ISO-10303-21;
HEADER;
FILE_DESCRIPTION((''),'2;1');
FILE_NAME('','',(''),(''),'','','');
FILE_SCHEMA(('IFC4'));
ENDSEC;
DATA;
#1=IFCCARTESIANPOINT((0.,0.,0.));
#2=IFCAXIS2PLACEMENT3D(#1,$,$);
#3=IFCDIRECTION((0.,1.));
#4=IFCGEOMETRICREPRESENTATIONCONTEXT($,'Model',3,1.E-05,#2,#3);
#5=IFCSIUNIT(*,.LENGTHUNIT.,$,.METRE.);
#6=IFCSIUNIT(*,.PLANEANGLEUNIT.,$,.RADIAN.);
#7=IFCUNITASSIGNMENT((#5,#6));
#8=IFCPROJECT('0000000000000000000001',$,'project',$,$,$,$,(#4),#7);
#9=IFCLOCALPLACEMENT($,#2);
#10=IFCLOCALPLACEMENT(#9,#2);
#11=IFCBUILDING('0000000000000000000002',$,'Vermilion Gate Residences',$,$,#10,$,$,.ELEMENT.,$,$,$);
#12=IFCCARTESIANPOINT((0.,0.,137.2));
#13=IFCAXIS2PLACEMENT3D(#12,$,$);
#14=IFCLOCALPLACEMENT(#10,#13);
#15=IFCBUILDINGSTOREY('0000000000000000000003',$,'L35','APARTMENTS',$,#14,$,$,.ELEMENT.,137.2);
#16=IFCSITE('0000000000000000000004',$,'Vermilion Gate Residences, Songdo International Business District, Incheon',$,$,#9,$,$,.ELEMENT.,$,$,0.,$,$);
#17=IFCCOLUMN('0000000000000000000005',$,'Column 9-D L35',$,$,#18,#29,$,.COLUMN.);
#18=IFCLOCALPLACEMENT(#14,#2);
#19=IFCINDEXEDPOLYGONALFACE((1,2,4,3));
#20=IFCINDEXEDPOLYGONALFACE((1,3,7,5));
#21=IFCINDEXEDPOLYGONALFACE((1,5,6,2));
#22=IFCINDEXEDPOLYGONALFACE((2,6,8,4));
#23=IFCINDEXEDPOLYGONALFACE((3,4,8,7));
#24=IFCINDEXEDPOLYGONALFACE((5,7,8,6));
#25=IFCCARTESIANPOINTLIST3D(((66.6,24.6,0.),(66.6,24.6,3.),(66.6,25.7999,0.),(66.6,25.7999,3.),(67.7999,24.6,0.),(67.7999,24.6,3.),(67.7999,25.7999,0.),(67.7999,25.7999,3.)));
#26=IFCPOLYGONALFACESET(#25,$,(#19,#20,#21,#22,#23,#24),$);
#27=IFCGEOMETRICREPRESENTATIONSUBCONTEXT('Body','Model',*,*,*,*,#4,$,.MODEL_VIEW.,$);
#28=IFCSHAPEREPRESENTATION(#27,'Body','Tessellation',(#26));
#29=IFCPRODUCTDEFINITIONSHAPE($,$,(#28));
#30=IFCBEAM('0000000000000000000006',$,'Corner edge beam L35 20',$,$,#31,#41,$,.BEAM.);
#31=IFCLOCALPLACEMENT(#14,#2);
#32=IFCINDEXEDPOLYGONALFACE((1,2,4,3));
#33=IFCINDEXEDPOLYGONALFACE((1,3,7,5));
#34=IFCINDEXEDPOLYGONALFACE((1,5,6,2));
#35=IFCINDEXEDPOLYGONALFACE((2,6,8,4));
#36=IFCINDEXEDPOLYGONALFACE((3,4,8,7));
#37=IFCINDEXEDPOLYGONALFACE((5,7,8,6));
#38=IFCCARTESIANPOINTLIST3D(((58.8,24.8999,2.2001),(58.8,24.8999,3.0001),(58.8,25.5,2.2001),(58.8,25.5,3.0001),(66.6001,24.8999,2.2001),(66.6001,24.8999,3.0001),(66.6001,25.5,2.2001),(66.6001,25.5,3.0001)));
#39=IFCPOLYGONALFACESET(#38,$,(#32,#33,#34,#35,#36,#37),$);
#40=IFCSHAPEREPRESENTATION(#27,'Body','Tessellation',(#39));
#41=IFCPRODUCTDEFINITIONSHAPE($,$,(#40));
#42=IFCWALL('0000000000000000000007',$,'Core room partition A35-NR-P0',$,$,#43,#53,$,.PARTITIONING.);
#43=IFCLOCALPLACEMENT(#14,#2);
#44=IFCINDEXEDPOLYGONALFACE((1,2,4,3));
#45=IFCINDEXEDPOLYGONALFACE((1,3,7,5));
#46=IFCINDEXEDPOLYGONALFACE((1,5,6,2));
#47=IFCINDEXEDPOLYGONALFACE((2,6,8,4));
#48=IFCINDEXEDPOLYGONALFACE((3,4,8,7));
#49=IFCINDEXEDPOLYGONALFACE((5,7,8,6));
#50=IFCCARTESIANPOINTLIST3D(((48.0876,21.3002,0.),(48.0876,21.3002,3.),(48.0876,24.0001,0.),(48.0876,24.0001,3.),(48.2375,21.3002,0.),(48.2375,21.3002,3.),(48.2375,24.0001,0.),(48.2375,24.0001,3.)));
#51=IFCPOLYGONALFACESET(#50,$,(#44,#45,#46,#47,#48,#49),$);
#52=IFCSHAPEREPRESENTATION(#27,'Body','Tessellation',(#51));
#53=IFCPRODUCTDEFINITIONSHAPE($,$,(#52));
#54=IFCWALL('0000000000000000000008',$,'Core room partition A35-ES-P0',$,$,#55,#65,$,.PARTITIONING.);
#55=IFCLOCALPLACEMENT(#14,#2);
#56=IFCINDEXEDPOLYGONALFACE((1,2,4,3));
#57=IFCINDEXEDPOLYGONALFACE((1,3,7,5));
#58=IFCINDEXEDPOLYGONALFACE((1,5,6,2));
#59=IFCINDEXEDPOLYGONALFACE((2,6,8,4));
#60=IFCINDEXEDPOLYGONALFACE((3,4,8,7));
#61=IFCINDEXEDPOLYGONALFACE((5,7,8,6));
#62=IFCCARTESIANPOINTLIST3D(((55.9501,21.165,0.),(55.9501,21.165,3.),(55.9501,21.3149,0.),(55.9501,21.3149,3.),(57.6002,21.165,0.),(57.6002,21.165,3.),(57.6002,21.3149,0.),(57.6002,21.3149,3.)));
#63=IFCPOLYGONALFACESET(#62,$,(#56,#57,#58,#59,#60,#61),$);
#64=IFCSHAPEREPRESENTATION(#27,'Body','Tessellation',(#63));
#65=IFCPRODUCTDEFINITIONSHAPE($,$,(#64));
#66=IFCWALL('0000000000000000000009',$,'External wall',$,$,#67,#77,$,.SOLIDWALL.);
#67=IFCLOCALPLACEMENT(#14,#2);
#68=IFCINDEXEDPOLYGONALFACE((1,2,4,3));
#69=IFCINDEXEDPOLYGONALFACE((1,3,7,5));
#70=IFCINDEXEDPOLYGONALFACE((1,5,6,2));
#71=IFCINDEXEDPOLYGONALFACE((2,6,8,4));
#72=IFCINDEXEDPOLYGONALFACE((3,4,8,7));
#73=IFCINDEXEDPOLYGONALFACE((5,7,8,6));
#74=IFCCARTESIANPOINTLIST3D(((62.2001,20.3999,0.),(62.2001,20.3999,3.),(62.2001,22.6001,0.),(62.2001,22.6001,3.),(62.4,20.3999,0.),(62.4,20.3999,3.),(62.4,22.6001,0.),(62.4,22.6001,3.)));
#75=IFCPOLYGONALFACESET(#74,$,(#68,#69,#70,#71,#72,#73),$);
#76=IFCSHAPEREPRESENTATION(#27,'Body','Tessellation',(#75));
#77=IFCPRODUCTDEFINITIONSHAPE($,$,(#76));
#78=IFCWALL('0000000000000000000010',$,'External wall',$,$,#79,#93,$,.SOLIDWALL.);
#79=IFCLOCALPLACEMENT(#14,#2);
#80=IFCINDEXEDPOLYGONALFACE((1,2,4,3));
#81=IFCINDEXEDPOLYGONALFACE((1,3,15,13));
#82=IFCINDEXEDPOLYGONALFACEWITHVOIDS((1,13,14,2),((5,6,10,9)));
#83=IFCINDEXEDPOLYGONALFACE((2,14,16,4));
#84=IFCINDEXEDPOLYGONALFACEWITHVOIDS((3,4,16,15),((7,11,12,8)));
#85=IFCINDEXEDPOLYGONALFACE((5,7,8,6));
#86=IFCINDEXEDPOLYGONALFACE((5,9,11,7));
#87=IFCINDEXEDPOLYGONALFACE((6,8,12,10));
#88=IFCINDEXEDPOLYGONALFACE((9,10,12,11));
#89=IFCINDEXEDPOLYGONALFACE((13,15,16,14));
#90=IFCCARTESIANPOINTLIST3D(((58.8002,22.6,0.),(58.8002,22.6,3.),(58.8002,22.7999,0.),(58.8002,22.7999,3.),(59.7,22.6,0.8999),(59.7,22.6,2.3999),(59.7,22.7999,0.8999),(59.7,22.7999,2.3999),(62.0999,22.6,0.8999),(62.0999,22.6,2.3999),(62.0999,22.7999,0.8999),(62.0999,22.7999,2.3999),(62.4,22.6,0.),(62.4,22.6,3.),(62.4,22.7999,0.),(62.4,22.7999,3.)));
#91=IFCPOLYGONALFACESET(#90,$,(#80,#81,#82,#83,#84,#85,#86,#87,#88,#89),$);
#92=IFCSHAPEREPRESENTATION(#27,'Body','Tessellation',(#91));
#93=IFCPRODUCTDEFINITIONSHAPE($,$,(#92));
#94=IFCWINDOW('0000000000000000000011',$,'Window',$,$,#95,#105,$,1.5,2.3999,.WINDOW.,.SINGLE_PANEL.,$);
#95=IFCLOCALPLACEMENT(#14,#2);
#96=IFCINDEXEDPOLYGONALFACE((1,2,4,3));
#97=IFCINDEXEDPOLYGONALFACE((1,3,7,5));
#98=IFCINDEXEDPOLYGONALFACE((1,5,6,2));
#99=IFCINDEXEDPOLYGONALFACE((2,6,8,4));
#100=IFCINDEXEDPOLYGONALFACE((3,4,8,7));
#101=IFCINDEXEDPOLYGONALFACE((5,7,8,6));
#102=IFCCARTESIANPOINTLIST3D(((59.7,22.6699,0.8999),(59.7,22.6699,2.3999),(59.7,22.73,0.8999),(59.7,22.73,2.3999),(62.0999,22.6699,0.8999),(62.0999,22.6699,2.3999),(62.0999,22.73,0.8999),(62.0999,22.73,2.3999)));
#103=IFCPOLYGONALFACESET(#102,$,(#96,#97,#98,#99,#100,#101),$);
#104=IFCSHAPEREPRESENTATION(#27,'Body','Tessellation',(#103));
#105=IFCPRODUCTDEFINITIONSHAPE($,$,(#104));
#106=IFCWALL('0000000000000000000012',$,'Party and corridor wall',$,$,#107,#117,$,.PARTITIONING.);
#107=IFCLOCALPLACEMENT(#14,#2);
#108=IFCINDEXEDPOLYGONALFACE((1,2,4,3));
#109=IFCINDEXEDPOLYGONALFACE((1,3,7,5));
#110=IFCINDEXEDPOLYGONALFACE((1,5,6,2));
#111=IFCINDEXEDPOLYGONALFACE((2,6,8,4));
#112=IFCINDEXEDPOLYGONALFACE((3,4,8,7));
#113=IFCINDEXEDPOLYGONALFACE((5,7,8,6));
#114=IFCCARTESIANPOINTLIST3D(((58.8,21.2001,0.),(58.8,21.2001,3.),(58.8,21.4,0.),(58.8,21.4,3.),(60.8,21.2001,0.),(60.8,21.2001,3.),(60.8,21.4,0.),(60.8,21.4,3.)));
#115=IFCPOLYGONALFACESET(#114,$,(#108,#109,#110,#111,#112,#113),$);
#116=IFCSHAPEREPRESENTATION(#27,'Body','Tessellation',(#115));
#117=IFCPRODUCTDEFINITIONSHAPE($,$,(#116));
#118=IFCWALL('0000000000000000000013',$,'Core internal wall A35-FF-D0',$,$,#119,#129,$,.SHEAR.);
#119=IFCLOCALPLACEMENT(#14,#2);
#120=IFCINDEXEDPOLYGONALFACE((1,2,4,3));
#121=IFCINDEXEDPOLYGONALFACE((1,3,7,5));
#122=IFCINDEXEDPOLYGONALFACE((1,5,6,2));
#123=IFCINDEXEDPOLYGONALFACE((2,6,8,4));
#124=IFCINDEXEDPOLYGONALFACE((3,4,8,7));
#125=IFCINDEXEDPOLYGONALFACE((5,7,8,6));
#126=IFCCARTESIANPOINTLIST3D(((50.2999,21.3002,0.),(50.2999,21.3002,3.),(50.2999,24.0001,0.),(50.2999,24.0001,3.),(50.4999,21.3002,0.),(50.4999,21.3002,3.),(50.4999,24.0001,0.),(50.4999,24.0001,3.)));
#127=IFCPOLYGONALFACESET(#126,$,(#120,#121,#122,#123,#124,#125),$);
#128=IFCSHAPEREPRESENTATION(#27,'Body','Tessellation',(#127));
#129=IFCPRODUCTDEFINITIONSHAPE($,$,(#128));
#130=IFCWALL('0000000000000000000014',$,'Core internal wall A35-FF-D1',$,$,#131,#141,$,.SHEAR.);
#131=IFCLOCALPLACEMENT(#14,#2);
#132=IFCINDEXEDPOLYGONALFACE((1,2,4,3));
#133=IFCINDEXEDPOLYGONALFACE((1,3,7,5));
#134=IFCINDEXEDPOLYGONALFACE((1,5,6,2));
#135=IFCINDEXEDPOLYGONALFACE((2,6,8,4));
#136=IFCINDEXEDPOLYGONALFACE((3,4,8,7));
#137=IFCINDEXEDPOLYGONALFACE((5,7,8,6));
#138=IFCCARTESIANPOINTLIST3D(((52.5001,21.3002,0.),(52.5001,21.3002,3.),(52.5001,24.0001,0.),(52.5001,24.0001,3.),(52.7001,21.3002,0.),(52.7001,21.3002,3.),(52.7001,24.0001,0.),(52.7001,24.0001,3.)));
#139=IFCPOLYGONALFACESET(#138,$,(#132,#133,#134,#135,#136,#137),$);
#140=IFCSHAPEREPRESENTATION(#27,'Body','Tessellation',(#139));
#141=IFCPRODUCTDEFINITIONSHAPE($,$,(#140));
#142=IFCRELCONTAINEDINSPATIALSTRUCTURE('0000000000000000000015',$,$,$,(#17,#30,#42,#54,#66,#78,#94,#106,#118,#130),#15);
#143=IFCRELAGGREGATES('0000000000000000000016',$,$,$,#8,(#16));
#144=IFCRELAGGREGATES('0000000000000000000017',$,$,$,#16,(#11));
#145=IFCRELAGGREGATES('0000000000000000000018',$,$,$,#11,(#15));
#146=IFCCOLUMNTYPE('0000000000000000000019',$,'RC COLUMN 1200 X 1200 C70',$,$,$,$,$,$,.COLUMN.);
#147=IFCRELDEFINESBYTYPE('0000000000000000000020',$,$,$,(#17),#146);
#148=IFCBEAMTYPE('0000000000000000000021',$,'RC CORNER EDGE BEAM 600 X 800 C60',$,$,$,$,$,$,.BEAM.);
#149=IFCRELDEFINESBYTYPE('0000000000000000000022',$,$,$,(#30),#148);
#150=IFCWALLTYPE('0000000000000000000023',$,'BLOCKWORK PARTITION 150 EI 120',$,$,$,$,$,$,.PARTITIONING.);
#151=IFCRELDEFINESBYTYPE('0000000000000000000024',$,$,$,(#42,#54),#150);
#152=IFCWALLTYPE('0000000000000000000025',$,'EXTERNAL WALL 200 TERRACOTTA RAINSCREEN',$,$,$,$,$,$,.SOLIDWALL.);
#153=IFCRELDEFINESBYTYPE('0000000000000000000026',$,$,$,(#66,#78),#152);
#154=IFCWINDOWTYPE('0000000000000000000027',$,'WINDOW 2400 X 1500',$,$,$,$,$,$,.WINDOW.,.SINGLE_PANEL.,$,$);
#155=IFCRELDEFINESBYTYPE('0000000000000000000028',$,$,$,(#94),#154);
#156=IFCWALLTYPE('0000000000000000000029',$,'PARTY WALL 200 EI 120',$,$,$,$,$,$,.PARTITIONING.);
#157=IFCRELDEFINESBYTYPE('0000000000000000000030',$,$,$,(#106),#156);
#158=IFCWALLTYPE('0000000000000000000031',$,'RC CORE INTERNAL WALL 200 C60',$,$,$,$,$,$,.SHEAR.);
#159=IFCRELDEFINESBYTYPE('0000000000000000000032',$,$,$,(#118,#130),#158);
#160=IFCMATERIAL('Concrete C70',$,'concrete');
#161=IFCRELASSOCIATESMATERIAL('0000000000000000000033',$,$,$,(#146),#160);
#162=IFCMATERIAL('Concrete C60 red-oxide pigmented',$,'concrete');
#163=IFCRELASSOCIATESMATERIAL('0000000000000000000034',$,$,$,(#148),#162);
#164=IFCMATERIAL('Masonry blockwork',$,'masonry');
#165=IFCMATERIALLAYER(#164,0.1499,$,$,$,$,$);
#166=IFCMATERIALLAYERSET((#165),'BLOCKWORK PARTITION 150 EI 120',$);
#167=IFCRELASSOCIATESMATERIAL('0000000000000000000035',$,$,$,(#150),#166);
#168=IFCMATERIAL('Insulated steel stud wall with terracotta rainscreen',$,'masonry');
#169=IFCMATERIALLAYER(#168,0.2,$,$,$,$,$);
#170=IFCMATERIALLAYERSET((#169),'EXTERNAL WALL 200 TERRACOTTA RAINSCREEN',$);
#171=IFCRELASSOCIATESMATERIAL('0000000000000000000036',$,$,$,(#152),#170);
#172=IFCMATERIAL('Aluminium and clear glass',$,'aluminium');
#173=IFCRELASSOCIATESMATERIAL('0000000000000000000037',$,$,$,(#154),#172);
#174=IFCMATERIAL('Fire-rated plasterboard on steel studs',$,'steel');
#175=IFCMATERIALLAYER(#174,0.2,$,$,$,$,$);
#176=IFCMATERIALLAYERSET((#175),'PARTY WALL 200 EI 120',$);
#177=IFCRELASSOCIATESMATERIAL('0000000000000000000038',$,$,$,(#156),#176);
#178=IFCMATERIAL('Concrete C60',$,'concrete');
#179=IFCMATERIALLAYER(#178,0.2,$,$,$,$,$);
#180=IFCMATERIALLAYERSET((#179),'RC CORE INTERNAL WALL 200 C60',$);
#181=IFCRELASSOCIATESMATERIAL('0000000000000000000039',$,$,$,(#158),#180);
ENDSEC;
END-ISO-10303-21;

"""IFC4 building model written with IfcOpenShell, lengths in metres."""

from ifc_helpers import new_model, si_unit, direction, frame, frame_2d, origin, origin_2d, place, context, subcontext, project, spatial, rectangle, extrude, material, layer, layer_set, material_profile, profile_set, type_object, element, fill, save


model = new_model("IFC4")

# Units and contexts
model_context = context("Model", 3, precision=1e-05, world=origin(), true_north=direction((0.0, 1.0)))
body_context = subcontext(model_context, "Body", "Model", "MODEL_VIEW")
ifc_project = project(units=[si_unit("LENGTHUNIT", "METRE"), si_unit("PLANEANGLEUNIT", "RADIAN")], contexts=[model_context])

# Site, building, storey
site_placement = place(None, origin())
site = spatial("IfcSite", under=ifc_project, at=site_placement, Name="Vermilion Gate Residences, Songdo International Business District, Incheon", CompositionType="ELEMENT", RefElevation=0.0)
building_placement = place(site_placement, origin())
building = spatial("IfcBuilding", under=site, at=building_placement, Name="Vermilion Gate Residences", CompositionType="ELEMENT")
storey_placement = place(building_placement, frame((0.0, 0.0, 137.2)))
storey = spatial("IfcBuildingStorey", under=building, at=storey_placement, Name="L35", Description="APARTMENTS", CompositionType="ELEMENT", Elevation=137.2)

# Column
ifc_material_1 = material(Name="Concrete C70", Category="concrete")
ifc_material_profile_1 = material_profile(ifc_material_1, rectangle(XDim=1.2, YDim=1.2, at=origin_2d()), Name="RC-1200x1200")
ifc_profile_set_1 = profile_set([ifc_material_profile_1], Name="Concrete C70")
column_type = type_object("IfcColumnType", Name="RC COLUMN 1200 X 1200 C70", PredefinedType="COLUMN", material=ifc_profile_set_1)
column_placement = place(storey_placement, frame((67.2, 25.2, 0.0), z_axis=(0.0, 0.0, 1.0), x_axis=(1.0, 0.0, 0.0)))
element("IfcColumn", 1, at=column_placement, inside=storey, type_object=column_type, Name="Column 9-D L35", PredefinedType="COLUMN", context=body_context, shape_type="SweptSolid", body=[
    extrude(rectangle(XDim=1.2, YDim=1.2, at=origin_2d()), origin(), (0.0, 0.0, 1.0), 3.0),
])

# Beam
ifc_material_2 = material(Name="Concrete C60 red-oxide pigmented", Category="concrete")
ifc_material_profile_2 = material_profile(ifc_material_2, rectangle(XDim=0.6001, YDim=0.8, at=origin_2d()), Name="RC-600x800")
ifc_profile_set_2 = profile_set([ifc_material_profile_2], Name="Concrete C60 red-oxide pigmented")
beam_type = type_object("IfcBeamType", Name="RC CORNER EDGE BEAM 600 X 800 C60", PredefinedType="BEAM", material=ifc_profile_set_2)
beam_placement = place(storey_placement, frame((58.8, 25.2, 2.6001), z_axis=(1.0, 0.0, 0.0), x_axis=(0.0, 1.0, 0.0)))
element("IfcBeam", 2, at=beam_placement, inside=storey, type_object=beam_type, Name="Corner edge beam L35 20", PredefinedType="BEAM", context=body_context, shape_type="SweptSolid", body=[
    extrude(rectangle(XDim=0.6001, YDim=0.8, at=origin_2d()), origin(), (0.0, 0.0, 1.0), 7.8),
])

# Walls
ifc_material_3 = material(Name="Masonry blockwork", Category="masonry")
ifc_layer_1 = layer(ifc_material_3, 0.1499)
ifc_layer_set_1 = layer_set([ifc_layer_1], Name="BLOCKWORK PARTITION 150 EI 120")
wall_type_1 = type_object("IfcWallType", Name="BLOCKWORK PARTITION 150 EI 120", PredefinedType="PARTITIONING", material=ifc_layer_set_1)
wall_1_placement = place(storey_placement, frame((48.1626, 21.3, 0.0), z_axis=(0.0, 0.0, 1.0), x_axis=(0.0, 1.0, 0.0)))
element("IfcWall", 3, at=wall_1_placement, inside=storey, type_object=wall_type_1, Name="Core room partition A35-NR-P0", PredefinedType="PARTITIONING", context=body_context, shape_type="SweptSolid", body=[
    extrude(rectangle(XDim=2.7, YDim=0.1499, at=frame_2d((1.3501, 0.0))), origin(), (0.0, 0.0, 1.0), 3.0),
])
wall_2_placement = place(storey_placement, frame((55.95, 21.24, 0.0), z_axis=(0.0, 0.0, 1.0), x_axis=(1.0, 0.0, 0.0)))
element("IfcWall", 4, at=wall_2_placement, inside=storey, type_object=wall_type_1, Name="Core room partition A35-ES-P0", PredefinedType="PARTITIONING", context=body_context, shape_type="SweptSolid", body=[
    extrude(rectangle(XDim=1.6501, YDim=0.1499, at=frame_2d((0.8252, 0.0))), origin(), (0.0, 0.0, 1.0), 3.0),
])
ifc_material_4 = material(Name="Insulated steel stud wall with terracotta rainscreen", Category="masonry")
ifc_layer_2 = layer(ifc_material_4, 0.2)
ifc_layer_set_2 = layer_set([ifc_layer_2], Name="EXTERNAL WALL 200 TERRACOTTA RAINSCREEN")
wall_type_2 = type_object("IfcWallType", Name="EXTERNAL WALL 200 TERRACOTTA RAINSCREEN", PredefinedType="SOLIDWALL", material=ifc_layer_set_2)
wall_3_placement = place(storey_placement, frame((62.3, 20.3999, 0.0), z_axis=(0.0, 0.0, 1.0), x_axis=(0.0, 1.0, 0.0)))
element("IfcWall", 5, at=wall_3_placement, inside=storey, type_object=wall_type_2, Name="External wall", PredefinedType="SOLIDWALL", context=body_context, shape_type="SweptSolid", body=[
    extrude(rectangle(XDim=2.2002, YDim=0.2, at=frame_2d((1.1001, 0.0))), origin(), (0.0, 0.0, 1.0), 3.0),
])

# Wall, opening, window
wall_4_placement = place(storey_placement, frame((62.3999, 22.7, 0.0), z_axis=(0.0, 0.0, 1.0), x_axis=(-1.0, 0.0, 0.0)))
wall_4 = element("IfcWall", 6, at=wall_4_placement, inside=storey, type_object=wall_type_2, Name="External wall", PredefinedType="SOLIDWALL", context=body_context, shape_type="SweptSolid", body=[
    extrude(rectangle(XDim=3.5999, YDim=0.2, at=frame_2d((1.7998, 0.0))), origin(), (0.0, 0.0, 1.0), 3.0),
])
opening_1_placement = place(wall_4_placement, frame((0.3, 0.0, 0.8999)))
opening_1 = element("IfcOpeningElement", 7, at=opening_1_placement, cuts=wall_4, PredefinedType="OPENING", context=body_context, shape_type="SweptSolid", body=[
    extrude(rectangle(XDim=2.3999, YDim=1.5, at=frame_2d((1.2, 0.75))), frame((0.0, 0.1099, 0.0), z_axis=(0.0, -1.0, 0.0), x_axis=(1.0, 0.0, 0.0)), (0.0, 0.0, 1.0), 0.22),
])
ifc_material_5 = material(Name="Aluminium and clear glass", Category="aluminium")
window_type = type_object("IfcWindowType", Name="WINDOW 2400 X 1500", PartitioningType="SINGLE_PANEL", PredefinedType="WINDOW", material=ifc_material_5)
window_placement = place(opening_1_placement, origin())
window = element("IfcWindow", 8, at=window_placement, inside=storey, type_object=window_type, Name="Window", OverallHeight=1.5, OverallWidth=2.3999, PartitioningType="SINGLE_PANEL", PredefinedType="WINDOW", context=body_context, shape_type="SweptSolid", body=[
    extrude(rectangle(XDim=2.3999, YDim=1.5, at=frame_2d((1.2, 0.75))), frame((0.0, 0.03, 0.0), z_axis=(0.0, -1.0, 0.0), x_axis=(1.0, 0.0, 0.0)), (0.0, 0.0, 1.0), 0.0601),
])
fill(opening_1, window)

# Walls
ifc_material_6 = material(Name="Fire-rated plasterboard on steel studs", Category="steel")
ifc_layer_3 = layer(ifc_material_6, 0.2)
ifc_layer_set_3 = layer_set([ifc_layer_3], Name="PARTY WALL 200 EI 120")
wall_type_3 = type_object("IfcWallType", Name="PARTY WALL 200 EI 120", PredefinedType="PARTITIONING", material=ifc_layer_set_3)
wall_5_placement = place(storey_placement, frame((58.8, 21.3, 0.0), z_axis=(0.0, 0.0, 1.0), x_axis=(1.0, 0.0, 0.0)))
element("IfcWall", 9, at=wall_5_placement, inside=storey, type_object=wall_type_3, Name="Party and corridor wall", PredefinedType="PARTITIONING", context=body_context, shape_type="SweptSolid", body=[
    extrude(rectangle(XDim=2.0, YDim=0.2, at=frame_2d((1.0, 0.0))), origin(), (0.0, 0.0, 1.0), 3.0),
])
ifc_material_7 = material(Name="Concrete C60", Category="concrete")
ifc_layer_4 = layer(ifc_material_7, 0.2)
ifc_layer_set_4 = layer_set([ifc_layer_4], Name="RC CORE INTERNAL WALL 200 C60")
wall_type_4 = type_object("IfcWallType", Name="RC CORE INTERNAL WALL 200 C60", PredefinedType="SHEAR", material=ifc_layer_set_4)
for number, where, z_axis, x_axis, name in (
    (10, (50.3999, 21.3, 0.0), (0.0, 0.0, 1.0), (0.0, 1.0, 0.0), "Core internal wall A35-FF-D0"),
    (11, (52.6001, 21.3, 0.0), (0.0, 0.0, 1.0), (0.0, 1.0, 0.0), "Core internal wall A35-FF-D1"),
):
    element("IfcWall", number, at=place(storey_placement, frame(where, z_axis=z_axis, x_axis=x_axis)), inside=storey, type_object=wall_type_4, Name=name, PredefinedType="SHEAR", context=body_context, shape_type="SweptSolid", body=[
        extrude(rectangle(XDim=2.7, YDim=0.2, at=frame_2d((1.3501, 0.0))), origin(), (0.0, 0.0, 1.0), 3.0),
    ])

save(model, "model.ifc")
